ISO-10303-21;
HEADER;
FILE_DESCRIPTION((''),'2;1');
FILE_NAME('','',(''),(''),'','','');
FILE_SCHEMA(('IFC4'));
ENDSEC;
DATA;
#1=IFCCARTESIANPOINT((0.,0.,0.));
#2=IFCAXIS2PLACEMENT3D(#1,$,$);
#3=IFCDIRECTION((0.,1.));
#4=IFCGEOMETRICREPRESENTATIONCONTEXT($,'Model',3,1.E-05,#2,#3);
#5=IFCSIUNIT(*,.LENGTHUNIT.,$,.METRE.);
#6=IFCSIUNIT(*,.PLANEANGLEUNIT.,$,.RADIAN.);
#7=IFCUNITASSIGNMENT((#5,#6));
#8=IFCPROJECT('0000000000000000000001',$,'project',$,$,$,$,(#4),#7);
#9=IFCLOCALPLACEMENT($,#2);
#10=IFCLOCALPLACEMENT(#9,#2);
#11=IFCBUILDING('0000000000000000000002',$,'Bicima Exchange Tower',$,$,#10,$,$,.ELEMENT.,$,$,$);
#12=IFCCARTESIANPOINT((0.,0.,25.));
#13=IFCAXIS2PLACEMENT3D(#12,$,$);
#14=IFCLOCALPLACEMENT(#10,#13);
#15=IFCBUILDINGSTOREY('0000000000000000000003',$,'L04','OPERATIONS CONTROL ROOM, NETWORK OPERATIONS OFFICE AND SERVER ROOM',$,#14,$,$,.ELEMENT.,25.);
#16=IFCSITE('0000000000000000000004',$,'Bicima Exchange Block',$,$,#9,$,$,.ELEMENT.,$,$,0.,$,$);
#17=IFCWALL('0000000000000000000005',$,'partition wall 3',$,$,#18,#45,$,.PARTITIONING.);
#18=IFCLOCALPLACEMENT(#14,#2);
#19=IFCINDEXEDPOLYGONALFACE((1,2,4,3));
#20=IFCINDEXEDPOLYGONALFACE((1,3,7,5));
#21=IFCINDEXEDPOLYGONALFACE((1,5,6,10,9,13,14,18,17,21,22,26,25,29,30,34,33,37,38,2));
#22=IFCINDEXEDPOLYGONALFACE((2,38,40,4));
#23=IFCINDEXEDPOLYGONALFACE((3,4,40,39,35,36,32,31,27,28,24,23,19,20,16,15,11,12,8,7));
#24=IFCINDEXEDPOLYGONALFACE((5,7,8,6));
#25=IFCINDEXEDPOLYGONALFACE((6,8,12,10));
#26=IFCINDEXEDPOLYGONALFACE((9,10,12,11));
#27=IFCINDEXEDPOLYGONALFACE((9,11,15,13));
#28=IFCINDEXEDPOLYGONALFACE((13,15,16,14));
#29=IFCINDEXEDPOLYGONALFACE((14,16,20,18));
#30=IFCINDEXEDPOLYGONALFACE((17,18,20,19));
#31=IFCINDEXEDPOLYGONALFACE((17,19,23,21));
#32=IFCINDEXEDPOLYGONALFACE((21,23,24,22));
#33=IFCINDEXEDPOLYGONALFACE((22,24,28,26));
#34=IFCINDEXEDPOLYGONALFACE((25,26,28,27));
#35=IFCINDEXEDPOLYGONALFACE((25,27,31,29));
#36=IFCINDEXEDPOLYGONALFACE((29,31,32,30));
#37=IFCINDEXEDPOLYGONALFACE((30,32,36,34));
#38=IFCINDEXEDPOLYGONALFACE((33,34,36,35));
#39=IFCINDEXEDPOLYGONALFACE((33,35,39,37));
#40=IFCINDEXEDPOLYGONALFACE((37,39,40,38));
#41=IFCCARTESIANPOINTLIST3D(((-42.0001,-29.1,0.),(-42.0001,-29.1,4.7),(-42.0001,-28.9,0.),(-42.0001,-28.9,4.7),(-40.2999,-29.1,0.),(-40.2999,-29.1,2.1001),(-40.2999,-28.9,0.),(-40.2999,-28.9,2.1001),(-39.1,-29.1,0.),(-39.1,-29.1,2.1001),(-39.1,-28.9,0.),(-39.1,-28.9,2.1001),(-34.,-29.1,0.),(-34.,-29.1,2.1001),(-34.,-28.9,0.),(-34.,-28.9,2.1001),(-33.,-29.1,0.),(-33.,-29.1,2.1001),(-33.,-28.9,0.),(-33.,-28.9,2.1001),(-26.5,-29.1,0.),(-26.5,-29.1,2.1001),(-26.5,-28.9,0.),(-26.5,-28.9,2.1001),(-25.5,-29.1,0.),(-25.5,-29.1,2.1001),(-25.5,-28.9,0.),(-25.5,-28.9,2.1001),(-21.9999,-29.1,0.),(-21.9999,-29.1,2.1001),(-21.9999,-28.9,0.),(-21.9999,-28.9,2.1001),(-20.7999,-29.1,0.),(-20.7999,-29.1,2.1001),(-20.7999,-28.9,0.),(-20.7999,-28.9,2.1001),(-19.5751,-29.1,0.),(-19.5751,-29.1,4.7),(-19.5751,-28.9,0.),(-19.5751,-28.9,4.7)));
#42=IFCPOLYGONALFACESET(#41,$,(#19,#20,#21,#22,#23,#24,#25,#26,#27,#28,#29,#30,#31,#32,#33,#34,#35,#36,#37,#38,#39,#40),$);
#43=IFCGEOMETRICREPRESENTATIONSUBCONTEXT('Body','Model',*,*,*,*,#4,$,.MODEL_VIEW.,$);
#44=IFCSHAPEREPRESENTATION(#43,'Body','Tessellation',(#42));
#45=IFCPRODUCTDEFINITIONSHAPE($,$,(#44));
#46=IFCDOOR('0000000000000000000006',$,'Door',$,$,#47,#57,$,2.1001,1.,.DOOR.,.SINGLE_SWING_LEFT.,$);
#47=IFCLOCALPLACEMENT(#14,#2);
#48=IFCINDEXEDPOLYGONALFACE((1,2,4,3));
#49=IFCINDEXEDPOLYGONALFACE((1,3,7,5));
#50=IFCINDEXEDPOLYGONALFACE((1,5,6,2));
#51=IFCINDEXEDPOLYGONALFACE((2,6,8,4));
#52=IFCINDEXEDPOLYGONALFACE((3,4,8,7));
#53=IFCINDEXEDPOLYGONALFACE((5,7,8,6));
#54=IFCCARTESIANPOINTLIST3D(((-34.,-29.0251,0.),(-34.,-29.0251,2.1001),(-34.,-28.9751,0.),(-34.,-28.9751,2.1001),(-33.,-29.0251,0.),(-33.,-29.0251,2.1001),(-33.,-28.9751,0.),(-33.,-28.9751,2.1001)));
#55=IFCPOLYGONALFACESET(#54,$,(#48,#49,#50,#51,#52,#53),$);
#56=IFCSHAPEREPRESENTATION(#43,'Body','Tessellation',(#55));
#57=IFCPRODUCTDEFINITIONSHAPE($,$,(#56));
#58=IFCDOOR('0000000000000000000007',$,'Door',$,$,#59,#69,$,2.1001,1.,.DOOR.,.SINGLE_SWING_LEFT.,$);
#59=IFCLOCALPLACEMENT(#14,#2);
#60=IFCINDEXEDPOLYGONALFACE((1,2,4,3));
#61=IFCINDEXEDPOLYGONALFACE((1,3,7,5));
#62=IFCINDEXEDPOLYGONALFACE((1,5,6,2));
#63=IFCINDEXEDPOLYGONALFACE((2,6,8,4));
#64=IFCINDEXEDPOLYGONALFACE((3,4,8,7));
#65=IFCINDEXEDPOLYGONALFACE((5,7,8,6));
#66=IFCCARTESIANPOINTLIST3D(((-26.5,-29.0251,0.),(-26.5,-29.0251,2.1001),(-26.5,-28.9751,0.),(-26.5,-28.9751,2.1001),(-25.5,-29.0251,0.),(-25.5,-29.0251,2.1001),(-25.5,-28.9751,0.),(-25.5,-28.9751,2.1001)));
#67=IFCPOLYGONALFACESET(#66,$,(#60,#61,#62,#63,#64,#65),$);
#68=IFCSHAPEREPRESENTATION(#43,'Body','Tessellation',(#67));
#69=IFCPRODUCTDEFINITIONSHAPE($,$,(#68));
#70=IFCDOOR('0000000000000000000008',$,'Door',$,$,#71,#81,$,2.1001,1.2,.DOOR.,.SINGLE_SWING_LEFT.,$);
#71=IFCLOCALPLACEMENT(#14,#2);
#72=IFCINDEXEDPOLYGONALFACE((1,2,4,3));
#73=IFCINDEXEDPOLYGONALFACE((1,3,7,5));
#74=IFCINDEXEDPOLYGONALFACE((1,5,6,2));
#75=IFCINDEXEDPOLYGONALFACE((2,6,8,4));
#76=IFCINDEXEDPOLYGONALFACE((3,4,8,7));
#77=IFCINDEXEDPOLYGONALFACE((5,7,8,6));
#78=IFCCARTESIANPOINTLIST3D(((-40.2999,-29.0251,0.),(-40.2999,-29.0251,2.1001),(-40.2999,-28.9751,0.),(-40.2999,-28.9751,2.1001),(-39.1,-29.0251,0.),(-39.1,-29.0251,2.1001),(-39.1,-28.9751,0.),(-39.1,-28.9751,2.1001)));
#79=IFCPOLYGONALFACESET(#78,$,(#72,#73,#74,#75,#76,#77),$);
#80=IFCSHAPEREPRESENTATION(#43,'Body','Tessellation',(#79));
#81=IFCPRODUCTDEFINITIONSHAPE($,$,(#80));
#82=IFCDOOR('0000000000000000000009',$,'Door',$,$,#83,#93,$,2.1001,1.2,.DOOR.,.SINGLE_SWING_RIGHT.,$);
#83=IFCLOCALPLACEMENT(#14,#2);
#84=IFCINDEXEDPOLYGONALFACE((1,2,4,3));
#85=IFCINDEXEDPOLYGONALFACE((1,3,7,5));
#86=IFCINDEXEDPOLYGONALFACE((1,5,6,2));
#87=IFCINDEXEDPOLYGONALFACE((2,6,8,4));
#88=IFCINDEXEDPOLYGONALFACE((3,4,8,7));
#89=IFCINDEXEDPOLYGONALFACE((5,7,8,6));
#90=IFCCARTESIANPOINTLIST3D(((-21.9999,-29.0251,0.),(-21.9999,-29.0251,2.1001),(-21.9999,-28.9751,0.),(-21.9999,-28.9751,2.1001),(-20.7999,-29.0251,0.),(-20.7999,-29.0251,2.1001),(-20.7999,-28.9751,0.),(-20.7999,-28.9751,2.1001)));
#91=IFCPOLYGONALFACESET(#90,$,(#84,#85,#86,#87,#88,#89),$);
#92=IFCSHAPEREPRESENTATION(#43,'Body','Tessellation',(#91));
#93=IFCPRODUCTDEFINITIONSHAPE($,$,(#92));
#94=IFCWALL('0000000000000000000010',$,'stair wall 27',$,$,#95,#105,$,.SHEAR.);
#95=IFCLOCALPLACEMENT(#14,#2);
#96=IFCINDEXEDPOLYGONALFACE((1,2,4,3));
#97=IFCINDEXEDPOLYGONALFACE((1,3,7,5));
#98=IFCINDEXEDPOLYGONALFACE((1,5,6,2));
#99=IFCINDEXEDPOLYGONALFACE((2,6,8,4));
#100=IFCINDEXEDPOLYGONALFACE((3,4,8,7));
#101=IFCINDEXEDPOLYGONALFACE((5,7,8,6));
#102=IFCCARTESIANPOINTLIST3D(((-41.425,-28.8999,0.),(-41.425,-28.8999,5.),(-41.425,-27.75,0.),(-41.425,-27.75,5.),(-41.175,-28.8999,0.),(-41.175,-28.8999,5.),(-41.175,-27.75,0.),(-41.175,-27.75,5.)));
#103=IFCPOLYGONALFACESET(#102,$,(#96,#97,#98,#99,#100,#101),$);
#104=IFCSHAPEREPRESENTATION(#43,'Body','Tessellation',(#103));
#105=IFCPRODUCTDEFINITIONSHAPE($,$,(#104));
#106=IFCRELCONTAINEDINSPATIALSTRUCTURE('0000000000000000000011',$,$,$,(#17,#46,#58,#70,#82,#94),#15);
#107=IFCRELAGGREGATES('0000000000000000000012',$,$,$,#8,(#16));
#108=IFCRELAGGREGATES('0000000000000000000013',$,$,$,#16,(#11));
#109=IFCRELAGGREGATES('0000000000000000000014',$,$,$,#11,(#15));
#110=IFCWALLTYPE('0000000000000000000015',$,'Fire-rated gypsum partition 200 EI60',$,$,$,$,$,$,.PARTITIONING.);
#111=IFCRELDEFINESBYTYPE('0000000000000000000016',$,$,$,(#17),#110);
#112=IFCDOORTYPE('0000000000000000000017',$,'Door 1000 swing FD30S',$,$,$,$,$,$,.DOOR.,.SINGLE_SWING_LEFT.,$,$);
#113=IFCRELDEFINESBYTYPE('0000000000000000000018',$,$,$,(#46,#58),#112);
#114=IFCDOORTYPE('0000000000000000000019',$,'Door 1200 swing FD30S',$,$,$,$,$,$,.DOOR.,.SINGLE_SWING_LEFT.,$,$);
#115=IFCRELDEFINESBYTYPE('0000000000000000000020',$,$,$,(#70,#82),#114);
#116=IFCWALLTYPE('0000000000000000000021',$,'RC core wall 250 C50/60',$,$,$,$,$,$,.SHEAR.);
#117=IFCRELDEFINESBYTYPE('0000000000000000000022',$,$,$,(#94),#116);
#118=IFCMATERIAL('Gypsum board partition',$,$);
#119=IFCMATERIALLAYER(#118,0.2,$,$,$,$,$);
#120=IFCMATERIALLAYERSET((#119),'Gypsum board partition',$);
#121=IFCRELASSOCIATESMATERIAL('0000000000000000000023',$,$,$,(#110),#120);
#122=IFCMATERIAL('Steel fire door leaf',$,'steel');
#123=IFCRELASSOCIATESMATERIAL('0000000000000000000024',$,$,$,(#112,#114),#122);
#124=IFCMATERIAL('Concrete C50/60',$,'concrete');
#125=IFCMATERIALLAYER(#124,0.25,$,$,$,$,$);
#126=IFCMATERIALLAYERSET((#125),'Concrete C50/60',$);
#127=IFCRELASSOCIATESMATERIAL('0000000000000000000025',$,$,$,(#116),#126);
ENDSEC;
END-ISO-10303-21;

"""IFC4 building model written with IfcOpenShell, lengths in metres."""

from ifc_helpers import new_model, si_unit, direction, frame, frame_2d, origin, place, context, subcontext, project, spatial, rectangle, extrude, material, layer, layer_set, type_object, element, fill, save


model = new_model("IFC4")

# Units and contexts
model_context = context("Model", 3, precision=1e-05, world=origin(), true_north=direction((0.0, 1.0)))
body_context = subcontext(model_context, "Body", "Model", "MODEL_VIEW")
ifc_project = project(units=[si_unit("LENGTHUNIT", "METRE"), si_unit("PLANEANGLEUNIT", "RADIAN")], contexts=[model_context])

# Site, building, storey
site_placement = place(None, origin())
site = spatial("IfcSite", under=ifc_project, at=site_placement, Name="Bicima Exchange Block", CompositionType="ELEMENT", RefElevation=0.0)
building_placement = place(site_placement, origin())
building = spatial("IfcBuilding", under=site, at=building_placement, Name="Bicima Exchange Tower", CompositionType="ELEMENT")
storey_placement = place(building_placement, frame((0.0, 0.0, 25.0)))
storey = spatial("IfcBuildingStorey", under=building, at=storey_placement, Name="L04", Description="OPERATIONS CONTROL ROOM, NETWORK OPERATIONS OFFICE AND SERVER ROOM", CompositionType="ELEMENT", Elevation=25.0)

# Wall, openings, doors
ifc_material_1 = material(Name="Gypsum board partition")
ifc_layer_1 = layer(ifc_material_1, 0.2)
ifc_layer_set_1 = layer_set([ifc_layer_1], Name="Gypsum board partition")
wall_type_1 = type_object("IfcWallType", Name="Fire-rated gypsum partition 200 EI60", PredefinedType="PARTITIONING", material=ifc_layer_set_1)
ifc_material_2 = material(Name="Steel fire door leaf", Category="steel")
door_type_1 = type_object("IfcDoorType", Name="Door 1000 swing FD30S", OperationType="SINGLE_SWING_LEFT", PredefinedType="DOOR", material=ifc_material_2)
wall_1_placement = place(storey_placement, frame((-42.0, -29.0, 0.0), z_axis=(0.0, 0.0, 1.0), x_axis=(1.0, 0.0, 0.0)))
wall_1 = element("IfcWall", 1, at=wall_1_placement, inside=storey, type_object=wall_type_1, Name="partition wall 3", PredefinedType="PARTITIONING", context=body_context, shape_type="SweptSolid", body=[
    extrude(rectangle(XDim=22.425, YDim=0.2, at=frame_2d((11.2124, 0.0))), origin(), (0.0, 0.0, 1.0), 4.7),
])
opening_1_placement = place(wall_1_placement, frame((1.7, 0.0, 0.0)))
opening_1 = element("IfcOpeningElement", 2, at=opening_1_placement, cuts=wall_1, PredefinedType="OPENING", context=body_context, shape_type="SweptSolid", body=[
    extrude(rectangle(XDim=1.2, YDim=2.1001, at=frame_2d((0.6001, 1.05))), frame((0.0, 0.1118, 0.0), z_axis=(0.0, -1.0, 0.0), x_axis=(1.0, 0.0, 0.0)), (0.0, 0.0, 1.0), 0.2239),
])
opening_2_placement = place(wall_1_placement, frame((20.0, 0.0, 0.0)))
opening_2 = element("IfcOpeningElement", 3, at=opening_2_placement, cuts=wall_1, PredefinedType="OPENING", context=body_context, shape_type="SweptSolid", body=[
    extrude(rectangle(XDim=1.2, YDim=2.1001, at=frame_2d((0.6001, 1.05))), frame((0.0, 0.1118, 0.0), z_axis=(0.0, -1.0, 0.0), x_axis=(1.0, 0.0, 0.0)), (0.0, 0.0, 1.0), 0.2239),
])
opening_3_placement = place(wall_1_placement, frame((8.0, 0.0, 0.0)))
opening_3 = element("IfcOpeningElement", 4, at=opening_3_placement, cuts=wall_1, PredefinedType="OPENING", context=body_context, shape_type="SweptSolid", body=[
    extrude(rectangle(XDim=1.0, YDim=2.1001, at=frame_2d((0.5, 1.05))), frame((0.0, 0.1118, 0.0), z_axis=(0.0, -1.0, 0.0), x_axis=(1.0, 0.0, 0.0)), (0.0, 0.0, 1.0), 0.2239),
])
opening_4_placement = place(wall_1_placement, frame((15.5, 0.0, 0.0)))
opening_4 = element("IfcOpeningElement", 5, at=opening_4_placement, cuts=wall_1, PredefinedType="OPENING", context=body_context, shape_type="SweptSolid", body=[
    extrude(rectangle(XDim=1.0, YDim=2.1001, at=frame_2d((0.5, 1.05))), frame((0.0, 0.1118, 0.0), z_axis=(0.0, -1.0, 0.0), x_axis=(1.0, 0.0, 0.0)), (0.0, 0.0, 1.0), 0.2239),
])
door_1_placement = place(opening_3_placement, origin())
door_1 = element("IfcDoor", 6, at=door_1_placement, inside=storey, type_object=door_type_1, Name="Door", OperationType="SINGLE_SWING_LEFT", OverallHeight=2.1001, OverallWidth=1.0, PredefinedType="DOOR", context=body_context, shape_type="SweptSolid", body=[
    extrude(rectangle(XDim=1.0, YDim=2.1001, at=frame_2d((0.5, 1.05))), frame((0.0, 0.0249, 0.0), z_axis=(0.0, -1.0, 0.0), x_axis=(1.0, 0.0, 0.0)), (0.0, 0.0, 1.0), 0.05),
])
fill(opening_3, door_1)
door_2_placement = place(opening_4_placement, origin())
door_2 = element("IfcDoor", 7, at=door_2_placement, inside=storey, type_object=door_type_1, Name="Door", OperationType="SINGLE_SWING_LEFT", OverallHeight=2.1001, OverallWidth=1.0, PredefinedType="DOOR", context=body_context, shape_type="SweptSolid", body=[
    extrude(rectangle(XDim=1.0, YDim=2.1001, at=frame_2d((0.5, 1.05))), frame((0.0, 0.0249, 0.0), z_axis=(0.0, -1.0, 0.0), x_axis=(1.0, 0.0, 0.0)), (0.0, 0.0, 1.0), 0.05),
])
fill(opening_4, door_2)
door_type_2 = type_object("IfcDoorType", Name="Door 1200 swing FD30S", OperationType="SINGLE_SWING_LEFT", PredefinedType="DOOR", material=ifc_material_2)
door_3_placement = place(opening_1_placement, origin())
door_3 = element("IfcDoor", 8, at=door_3_placement, inside=storey, type_object=door_type_2, Name="Door", OperationType="SINGLE_SWING_LEFT", OverallHeight=2.1001, OverallWidth=1.2, PredefinedType="DOOR", context=body_context, shape_type="SweptSolid", body=[
    extrude(rectangle(XDim=1.2, YDim=2.1001, at=frame_2d((0.6001, 1.05))), frame((0.0, 0.0249, 0.0), z_axis=(0.0, -1.0, 0.0), x_axis=(1.0, 0.0, 0.0)), (0.0, 0.0, 1.0), 0.05),
])
fill(opening_1, door_3)
door_4_placement = place(opening_2_placement, origin())
door_4 = element("IfcDoor", 9, at=door_4_placement, inside=storey, type_object=door_type_2, Name="Door", OperationType="SINGLE_SWING_RIGHT", OverallHeight=2.1001, OverallWidth=1.2, PredefinedType="DOOR", context=body_context, shape_type="SweptSolid", body=[
    extrude(rectangle(XDim=1.2, YDim=2.1001, at=frame_2d((0.6001, 1.05))), frame((0.0, 0.0249, 0.0), z_axis=(0.0, -1.0, 0.0), x_axis=(1.0, 0.0, 0.0)), (0.0, 0.0, 1.0), 0.05),
])
fill(opening_2, door_4)

# Wall
ifc_material_3 = material(Name="Concrete C50/60", Category="concrete")
ifc_layer_2 = layer(ifc_material_3, 0.25)
ifc_layer_set_2 = layer_set([ifc_layer_2], Name="Concrete C50/60")
wall_type_2 = type_object("IfcWallType", Name="RC core wall 250 C50/60", PredefinedType="SHEAR", material=ifc_layer_set_2)
wall_2_placement = place(storey_placement, frame((-41.3, -28.8999, 0.0), z_axis=(0.0, 0.0, 1.0), x_axis=(0.0, 1.0, 0.0)))
element("IfcWall", 10, at=wall_2_placement, inside=storey, type_object=wall_type_2, Name="stair wall 27", PredefinedType="SHEAR", context=body_context, shape_type="SweptSolid", body=[
    extrude(rectangle(XDim=1.1499, YDim=0.25, at=frame_2d((0.575, 0.0))), origin(), (0.0, 0.0, 1.0), 5.0),
])

save(model, "model.ifc")
